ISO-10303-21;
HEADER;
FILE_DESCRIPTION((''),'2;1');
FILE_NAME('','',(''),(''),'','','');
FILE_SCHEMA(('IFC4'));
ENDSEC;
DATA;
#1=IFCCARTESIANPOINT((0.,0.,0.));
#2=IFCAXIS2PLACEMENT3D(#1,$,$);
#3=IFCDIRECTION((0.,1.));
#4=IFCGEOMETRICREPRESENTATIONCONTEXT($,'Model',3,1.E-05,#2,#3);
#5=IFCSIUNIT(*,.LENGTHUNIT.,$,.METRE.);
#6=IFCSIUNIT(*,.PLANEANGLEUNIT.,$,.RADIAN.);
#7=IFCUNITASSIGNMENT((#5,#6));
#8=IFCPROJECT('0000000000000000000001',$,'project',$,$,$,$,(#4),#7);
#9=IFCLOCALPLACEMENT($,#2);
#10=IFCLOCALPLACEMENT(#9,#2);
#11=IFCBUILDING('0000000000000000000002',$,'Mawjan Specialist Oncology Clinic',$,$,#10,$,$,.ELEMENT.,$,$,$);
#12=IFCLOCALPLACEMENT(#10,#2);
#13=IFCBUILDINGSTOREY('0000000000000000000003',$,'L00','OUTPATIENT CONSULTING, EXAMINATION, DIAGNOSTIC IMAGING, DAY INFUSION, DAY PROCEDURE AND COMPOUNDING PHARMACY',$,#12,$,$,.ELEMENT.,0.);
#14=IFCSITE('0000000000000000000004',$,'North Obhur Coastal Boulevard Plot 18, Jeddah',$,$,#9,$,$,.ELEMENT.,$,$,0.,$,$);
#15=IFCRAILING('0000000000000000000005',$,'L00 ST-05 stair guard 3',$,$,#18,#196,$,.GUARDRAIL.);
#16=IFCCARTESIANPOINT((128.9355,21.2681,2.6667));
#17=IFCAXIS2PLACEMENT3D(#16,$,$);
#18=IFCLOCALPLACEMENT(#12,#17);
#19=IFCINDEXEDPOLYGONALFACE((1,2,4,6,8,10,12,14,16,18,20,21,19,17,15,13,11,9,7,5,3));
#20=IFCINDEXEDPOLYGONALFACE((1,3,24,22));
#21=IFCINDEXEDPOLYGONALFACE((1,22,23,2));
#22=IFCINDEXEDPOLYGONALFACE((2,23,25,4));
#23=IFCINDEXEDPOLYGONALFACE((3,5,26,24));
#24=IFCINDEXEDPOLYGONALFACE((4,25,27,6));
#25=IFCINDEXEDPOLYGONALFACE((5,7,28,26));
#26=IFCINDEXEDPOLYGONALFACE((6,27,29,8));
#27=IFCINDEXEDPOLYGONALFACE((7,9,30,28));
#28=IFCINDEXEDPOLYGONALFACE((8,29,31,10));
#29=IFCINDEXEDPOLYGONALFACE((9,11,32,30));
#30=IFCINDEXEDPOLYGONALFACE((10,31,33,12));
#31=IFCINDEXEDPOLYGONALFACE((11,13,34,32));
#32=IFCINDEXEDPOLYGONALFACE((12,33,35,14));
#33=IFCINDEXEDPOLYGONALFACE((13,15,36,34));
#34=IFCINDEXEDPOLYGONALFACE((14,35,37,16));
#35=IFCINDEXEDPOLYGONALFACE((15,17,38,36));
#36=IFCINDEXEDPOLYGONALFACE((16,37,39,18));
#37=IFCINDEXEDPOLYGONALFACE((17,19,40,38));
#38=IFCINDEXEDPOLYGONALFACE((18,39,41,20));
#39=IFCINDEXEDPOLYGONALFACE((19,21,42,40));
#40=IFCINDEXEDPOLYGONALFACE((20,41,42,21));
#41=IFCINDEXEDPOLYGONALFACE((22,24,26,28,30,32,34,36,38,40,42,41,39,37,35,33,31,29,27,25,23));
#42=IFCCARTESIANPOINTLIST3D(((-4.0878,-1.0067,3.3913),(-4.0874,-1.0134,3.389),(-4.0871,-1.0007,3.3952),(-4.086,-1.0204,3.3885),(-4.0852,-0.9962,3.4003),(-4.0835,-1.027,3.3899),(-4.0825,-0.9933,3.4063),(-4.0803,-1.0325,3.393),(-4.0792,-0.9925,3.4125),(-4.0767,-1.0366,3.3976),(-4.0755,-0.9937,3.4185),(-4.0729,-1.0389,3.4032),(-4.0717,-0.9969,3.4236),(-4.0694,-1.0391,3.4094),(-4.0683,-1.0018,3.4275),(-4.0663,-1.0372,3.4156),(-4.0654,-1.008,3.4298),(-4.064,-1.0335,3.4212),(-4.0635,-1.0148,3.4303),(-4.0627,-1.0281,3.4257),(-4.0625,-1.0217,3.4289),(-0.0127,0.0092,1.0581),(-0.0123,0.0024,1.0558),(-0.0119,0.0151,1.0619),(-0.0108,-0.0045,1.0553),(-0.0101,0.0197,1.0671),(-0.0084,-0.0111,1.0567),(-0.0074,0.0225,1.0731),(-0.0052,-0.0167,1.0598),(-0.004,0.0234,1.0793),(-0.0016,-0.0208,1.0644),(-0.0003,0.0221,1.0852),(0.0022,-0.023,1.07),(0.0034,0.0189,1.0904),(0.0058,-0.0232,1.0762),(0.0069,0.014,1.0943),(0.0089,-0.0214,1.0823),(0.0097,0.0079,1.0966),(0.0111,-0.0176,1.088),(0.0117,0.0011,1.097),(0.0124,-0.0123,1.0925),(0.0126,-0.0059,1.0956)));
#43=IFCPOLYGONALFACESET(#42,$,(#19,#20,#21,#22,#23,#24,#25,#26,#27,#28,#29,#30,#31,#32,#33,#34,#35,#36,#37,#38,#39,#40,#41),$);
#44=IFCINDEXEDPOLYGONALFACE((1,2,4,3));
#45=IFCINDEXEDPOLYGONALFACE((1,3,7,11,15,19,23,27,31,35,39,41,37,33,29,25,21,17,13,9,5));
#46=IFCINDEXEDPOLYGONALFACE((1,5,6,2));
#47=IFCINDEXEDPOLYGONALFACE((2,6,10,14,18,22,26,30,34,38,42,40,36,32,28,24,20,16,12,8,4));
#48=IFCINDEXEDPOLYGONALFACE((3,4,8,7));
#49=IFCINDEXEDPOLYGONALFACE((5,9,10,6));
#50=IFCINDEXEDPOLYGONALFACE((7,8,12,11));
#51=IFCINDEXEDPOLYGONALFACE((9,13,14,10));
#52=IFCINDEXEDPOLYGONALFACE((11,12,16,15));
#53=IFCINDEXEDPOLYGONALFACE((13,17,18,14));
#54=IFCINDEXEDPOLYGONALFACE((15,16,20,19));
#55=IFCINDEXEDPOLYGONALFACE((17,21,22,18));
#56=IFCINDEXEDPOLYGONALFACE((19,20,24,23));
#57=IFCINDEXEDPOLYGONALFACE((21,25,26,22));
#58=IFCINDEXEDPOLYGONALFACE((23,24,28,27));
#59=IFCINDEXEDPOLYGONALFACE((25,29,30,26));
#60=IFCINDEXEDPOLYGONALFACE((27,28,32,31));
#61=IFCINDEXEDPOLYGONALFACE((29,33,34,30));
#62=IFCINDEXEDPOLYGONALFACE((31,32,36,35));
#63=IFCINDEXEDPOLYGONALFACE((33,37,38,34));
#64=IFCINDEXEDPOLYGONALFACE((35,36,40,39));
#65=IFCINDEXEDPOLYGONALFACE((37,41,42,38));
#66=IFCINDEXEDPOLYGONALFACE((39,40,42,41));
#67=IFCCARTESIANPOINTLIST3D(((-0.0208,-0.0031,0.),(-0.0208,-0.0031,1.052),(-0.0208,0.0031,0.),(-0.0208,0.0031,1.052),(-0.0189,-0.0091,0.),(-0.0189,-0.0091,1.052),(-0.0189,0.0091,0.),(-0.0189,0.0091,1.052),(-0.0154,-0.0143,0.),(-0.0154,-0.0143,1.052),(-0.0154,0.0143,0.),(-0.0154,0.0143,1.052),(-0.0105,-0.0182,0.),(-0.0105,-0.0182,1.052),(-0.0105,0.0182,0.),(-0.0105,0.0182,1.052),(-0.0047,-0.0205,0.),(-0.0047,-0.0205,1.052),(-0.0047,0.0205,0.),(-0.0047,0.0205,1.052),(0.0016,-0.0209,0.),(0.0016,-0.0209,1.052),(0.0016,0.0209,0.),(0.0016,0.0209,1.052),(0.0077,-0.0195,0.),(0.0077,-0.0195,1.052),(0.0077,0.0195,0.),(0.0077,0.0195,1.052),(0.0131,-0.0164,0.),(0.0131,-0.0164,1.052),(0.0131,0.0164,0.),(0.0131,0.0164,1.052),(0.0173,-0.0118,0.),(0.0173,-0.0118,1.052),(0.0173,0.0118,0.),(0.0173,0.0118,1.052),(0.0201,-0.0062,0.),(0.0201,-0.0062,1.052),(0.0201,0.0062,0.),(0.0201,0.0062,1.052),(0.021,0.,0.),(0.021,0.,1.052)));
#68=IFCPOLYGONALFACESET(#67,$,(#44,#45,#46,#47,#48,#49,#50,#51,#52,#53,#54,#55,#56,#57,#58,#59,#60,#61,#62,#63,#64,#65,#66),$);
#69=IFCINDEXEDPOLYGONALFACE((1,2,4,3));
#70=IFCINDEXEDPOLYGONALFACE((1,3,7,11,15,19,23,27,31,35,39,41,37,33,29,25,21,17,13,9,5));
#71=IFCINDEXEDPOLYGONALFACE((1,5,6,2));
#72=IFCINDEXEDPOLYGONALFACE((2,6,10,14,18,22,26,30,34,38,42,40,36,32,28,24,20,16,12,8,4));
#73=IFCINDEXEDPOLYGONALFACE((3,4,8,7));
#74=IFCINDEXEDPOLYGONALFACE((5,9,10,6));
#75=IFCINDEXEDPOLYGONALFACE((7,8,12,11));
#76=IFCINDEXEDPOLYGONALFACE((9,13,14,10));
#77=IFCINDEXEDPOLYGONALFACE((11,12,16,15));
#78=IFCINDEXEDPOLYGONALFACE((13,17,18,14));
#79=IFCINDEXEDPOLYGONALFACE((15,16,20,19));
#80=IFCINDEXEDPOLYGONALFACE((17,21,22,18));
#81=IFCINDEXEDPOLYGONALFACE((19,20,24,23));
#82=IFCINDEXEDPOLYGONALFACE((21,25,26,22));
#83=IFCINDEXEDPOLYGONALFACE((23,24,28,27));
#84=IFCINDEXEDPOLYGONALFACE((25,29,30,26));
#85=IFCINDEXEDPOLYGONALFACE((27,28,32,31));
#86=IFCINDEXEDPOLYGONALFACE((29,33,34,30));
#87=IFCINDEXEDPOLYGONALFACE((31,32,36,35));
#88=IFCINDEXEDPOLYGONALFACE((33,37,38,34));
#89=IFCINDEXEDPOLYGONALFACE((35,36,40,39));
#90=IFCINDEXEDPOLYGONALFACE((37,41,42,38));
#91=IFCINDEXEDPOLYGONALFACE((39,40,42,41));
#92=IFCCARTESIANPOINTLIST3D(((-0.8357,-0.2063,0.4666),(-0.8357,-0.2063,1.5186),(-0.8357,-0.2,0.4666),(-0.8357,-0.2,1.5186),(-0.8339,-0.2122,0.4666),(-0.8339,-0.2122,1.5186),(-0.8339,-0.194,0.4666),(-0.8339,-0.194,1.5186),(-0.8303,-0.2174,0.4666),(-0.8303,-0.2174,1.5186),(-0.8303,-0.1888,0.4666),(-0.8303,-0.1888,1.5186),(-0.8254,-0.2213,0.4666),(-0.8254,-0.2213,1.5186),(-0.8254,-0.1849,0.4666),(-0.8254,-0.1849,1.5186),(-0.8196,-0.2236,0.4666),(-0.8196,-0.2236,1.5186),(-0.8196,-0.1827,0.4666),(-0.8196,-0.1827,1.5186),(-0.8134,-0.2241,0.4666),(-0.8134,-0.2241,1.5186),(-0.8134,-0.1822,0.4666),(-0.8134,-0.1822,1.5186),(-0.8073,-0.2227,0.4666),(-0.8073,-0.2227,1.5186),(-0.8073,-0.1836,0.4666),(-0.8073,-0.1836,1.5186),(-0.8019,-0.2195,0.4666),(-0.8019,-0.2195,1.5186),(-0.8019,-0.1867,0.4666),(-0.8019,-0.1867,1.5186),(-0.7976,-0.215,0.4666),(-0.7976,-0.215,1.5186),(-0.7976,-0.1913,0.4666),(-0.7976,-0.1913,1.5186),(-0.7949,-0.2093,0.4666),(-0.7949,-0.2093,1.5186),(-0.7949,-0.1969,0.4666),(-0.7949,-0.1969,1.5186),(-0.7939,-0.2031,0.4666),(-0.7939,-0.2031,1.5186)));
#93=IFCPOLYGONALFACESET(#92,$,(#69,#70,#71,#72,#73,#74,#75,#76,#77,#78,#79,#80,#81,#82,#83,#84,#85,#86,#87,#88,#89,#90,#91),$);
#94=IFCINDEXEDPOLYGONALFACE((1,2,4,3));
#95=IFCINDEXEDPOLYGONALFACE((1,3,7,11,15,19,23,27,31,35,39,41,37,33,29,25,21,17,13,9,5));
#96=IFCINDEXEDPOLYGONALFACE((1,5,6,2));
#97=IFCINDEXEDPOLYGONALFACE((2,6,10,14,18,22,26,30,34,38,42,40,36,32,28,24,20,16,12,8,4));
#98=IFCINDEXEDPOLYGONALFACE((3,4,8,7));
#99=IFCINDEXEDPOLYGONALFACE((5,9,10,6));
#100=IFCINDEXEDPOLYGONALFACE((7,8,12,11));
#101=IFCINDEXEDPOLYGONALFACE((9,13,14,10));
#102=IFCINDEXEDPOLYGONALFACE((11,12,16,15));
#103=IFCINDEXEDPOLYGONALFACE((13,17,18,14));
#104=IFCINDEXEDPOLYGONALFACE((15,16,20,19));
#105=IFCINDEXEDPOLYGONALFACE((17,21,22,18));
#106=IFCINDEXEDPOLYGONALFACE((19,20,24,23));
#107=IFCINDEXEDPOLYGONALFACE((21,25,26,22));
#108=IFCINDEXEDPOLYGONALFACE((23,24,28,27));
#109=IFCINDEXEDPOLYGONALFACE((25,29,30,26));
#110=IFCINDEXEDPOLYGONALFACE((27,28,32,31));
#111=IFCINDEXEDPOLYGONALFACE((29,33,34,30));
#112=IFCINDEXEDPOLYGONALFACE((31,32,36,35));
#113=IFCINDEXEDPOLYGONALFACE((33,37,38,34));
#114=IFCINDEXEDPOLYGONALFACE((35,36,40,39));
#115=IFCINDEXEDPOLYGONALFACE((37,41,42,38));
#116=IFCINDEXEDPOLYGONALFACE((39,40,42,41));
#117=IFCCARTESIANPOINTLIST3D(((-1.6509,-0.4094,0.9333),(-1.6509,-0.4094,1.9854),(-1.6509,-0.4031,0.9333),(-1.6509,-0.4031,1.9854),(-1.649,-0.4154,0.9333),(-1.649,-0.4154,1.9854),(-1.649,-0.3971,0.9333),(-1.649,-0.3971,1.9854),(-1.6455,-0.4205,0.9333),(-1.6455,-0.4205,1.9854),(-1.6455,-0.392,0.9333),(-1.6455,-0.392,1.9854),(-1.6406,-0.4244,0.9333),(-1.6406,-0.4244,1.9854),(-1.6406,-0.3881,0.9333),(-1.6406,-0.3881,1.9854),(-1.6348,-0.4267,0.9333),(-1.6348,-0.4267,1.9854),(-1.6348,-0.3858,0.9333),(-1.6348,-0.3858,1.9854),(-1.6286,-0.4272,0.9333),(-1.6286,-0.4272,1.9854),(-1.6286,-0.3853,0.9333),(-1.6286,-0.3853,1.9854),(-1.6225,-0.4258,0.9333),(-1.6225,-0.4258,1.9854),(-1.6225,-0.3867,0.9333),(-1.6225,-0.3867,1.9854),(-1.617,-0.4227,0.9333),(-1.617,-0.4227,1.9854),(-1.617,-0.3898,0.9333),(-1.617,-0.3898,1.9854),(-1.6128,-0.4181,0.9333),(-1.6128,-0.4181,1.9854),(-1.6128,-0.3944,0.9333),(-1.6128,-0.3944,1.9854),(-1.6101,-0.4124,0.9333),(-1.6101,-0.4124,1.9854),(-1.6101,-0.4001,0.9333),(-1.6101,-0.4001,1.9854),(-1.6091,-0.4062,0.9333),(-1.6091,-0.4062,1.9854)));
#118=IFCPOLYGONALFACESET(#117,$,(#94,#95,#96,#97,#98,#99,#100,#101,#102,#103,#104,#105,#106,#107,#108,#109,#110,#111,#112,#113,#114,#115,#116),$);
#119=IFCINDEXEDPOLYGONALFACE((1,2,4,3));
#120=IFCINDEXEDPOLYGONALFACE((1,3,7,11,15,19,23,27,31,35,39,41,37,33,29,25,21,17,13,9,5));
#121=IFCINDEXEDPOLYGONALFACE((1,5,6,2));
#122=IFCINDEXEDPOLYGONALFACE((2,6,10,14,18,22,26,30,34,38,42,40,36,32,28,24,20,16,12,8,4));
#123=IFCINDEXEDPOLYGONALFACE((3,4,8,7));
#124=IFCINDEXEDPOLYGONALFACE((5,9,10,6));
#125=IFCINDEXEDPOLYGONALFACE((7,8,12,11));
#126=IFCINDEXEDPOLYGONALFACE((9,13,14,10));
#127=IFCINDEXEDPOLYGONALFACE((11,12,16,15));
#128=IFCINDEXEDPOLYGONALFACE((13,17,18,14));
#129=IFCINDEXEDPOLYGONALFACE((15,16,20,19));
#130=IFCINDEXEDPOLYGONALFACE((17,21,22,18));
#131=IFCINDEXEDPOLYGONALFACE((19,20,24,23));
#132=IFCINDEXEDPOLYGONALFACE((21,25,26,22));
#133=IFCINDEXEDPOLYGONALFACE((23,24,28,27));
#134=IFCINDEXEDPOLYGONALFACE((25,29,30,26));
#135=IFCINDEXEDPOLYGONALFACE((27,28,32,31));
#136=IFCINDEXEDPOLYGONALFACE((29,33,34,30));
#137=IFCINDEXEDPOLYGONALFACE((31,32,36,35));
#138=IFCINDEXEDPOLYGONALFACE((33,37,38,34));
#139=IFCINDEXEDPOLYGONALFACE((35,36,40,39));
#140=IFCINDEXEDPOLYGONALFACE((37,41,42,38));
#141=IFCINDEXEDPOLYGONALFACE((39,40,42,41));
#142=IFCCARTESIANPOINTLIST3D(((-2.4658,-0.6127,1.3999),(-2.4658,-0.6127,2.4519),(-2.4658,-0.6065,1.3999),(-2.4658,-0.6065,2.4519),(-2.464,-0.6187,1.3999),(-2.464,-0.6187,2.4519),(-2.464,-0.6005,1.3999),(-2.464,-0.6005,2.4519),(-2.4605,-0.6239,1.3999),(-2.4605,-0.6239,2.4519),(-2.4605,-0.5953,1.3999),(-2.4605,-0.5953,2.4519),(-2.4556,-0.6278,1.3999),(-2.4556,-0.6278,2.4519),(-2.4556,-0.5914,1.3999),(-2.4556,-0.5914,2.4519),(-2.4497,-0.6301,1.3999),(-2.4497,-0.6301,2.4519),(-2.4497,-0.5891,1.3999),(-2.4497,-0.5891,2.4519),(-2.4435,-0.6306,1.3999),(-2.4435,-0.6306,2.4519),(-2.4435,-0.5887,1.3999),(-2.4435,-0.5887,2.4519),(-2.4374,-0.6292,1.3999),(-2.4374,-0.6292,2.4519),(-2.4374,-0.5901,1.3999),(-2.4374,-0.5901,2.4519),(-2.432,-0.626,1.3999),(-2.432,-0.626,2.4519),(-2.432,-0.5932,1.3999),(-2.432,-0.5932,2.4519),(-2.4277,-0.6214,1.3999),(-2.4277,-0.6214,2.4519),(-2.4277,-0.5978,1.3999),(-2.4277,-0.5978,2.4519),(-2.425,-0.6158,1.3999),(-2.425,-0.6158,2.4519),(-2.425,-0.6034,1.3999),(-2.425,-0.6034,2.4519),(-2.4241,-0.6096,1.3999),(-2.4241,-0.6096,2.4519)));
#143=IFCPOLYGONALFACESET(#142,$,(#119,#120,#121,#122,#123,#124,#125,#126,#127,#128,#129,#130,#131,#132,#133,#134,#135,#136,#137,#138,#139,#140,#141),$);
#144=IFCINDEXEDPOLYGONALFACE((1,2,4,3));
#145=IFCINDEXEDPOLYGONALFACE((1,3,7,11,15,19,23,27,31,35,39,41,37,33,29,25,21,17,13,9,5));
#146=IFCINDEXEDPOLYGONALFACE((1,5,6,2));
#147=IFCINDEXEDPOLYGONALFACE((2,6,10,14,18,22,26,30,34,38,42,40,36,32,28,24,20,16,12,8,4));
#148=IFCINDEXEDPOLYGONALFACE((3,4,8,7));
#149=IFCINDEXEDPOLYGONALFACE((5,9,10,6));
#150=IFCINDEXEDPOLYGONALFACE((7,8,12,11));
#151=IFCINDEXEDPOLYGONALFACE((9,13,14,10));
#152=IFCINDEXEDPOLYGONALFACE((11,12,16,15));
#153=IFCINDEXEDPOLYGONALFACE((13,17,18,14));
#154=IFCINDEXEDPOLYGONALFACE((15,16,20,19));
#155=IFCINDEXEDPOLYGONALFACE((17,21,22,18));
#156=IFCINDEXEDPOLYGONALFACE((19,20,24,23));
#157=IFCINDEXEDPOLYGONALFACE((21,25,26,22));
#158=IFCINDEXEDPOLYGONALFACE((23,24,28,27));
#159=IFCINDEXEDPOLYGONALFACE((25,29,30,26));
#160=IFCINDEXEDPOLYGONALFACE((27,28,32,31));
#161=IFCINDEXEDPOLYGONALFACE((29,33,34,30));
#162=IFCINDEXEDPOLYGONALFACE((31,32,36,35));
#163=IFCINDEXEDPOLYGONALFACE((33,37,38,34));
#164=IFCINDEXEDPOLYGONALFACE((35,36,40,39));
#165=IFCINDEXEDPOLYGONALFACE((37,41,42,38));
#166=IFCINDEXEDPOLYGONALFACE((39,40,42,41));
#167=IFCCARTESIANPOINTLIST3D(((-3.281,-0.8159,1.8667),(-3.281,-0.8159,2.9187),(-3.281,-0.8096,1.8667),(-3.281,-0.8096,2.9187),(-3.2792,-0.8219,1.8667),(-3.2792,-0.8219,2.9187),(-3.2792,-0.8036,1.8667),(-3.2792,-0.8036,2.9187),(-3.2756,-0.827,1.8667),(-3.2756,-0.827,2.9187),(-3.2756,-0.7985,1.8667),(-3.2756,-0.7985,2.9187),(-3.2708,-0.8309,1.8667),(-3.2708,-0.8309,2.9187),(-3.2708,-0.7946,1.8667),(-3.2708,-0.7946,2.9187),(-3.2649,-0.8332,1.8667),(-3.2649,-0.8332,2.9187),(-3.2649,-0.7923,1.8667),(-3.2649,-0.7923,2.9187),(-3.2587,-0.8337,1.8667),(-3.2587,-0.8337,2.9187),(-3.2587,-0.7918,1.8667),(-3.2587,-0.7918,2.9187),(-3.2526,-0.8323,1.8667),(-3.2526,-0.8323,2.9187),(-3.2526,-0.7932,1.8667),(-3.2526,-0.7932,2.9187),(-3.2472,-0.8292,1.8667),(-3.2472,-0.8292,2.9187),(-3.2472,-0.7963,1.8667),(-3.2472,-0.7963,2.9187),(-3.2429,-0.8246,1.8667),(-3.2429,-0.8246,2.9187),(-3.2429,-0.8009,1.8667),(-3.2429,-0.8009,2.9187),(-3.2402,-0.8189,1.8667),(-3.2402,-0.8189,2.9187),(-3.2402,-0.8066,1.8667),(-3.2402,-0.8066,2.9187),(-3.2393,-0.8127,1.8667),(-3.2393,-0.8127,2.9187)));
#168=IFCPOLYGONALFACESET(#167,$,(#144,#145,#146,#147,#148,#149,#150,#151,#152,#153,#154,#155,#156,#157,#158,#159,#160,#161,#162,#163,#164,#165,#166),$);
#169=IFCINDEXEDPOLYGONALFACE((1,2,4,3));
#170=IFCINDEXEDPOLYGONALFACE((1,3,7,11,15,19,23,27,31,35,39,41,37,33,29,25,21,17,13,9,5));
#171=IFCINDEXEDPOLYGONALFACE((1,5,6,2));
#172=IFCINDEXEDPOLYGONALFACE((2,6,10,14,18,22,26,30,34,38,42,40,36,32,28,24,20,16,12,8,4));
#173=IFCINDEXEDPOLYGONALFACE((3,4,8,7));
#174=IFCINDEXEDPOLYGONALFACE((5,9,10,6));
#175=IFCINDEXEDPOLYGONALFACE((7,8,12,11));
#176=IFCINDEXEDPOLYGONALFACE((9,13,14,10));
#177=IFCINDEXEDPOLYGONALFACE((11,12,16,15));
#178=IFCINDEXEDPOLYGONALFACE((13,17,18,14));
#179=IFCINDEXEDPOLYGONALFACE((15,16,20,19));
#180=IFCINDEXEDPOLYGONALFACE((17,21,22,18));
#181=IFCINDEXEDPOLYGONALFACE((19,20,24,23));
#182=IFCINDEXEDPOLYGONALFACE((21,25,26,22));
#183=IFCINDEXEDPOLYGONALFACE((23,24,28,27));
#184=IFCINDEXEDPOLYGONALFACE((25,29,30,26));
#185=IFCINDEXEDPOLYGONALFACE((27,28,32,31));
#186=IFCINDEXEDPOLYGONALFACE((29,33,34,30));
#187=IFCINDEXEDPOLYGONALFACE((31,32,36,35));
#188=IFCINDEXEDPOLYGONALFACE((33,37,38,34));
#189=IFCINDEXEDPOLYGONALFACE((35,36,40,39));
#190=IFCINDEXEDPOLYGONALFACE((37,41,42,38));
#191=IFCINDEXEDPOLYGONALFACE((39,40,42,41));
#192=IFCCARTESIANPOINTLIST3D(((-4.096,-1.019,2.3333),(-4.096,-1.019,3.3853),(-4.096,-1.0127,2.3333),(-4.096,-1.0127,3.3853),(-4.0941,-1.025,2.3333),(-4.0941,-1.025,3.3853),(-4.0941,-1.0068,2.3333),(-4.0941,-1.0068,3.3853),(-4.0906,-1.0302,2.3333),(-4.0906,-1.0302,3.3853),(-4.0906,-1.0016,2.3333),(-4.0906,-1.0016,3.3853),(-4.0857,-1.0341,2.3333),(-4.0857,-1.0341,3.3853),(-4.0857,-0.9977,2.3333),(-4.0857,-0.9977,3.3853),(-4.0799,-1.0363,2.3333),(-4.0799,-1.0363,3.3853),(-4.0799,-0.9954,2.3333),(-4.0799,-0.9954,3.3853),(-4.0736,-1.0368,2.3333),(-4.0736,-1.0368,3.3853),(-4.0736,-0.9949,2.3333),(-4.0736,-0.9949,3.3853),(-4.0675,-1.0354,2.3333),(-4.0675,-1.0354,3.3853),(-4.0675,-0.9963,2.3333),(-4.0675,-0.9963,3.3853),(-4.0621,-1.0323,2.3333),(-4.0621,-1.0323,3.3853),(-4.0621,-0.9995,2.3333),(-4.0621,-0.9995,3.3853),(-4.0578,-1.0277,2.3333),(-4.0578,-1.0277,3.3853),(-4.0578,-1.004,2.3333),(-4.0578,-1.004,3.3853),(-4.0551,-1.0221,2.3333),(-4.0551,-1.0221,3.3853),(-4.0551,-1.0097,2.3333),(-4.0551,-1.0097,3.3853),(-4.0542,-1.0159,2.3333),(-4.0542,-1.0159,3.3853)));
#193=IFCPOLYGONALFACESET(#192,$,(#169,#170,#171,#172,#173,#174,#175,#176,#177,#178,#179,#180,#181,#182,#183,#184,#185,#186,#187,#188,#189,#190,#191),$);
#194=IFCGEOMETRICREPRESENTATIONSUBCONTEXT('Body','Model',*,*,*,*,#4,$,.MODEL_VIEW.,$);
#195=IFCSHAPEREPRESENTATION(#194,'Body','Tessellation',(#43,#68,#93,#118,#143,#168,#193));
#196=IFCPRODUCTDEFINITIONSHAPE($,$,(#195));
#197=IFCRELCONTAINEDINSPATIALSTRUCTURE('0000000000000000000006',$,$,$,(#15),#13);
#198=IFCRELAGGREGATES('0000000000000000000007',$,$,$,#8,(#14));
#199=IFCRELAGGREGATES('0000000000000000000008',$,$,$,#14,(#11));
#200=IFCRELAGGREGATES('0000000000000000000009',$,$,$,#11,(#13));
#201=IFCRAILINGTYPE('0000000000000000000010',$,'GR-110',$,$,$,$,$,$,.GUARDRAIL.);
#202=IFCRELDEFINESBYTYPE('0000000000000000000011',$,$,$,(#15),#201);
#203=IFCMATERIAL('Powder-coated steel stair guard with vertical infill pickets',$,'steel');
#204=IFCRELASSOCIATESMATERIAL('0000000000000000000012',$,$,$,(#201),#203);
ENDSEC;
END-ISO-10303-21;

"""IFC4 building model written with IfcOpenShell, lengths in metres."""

from ifc_helpers import new_model, si_unit, direction, frame, origin, origin_2d, place, context, subcontext, project, spatial, circle, extrude, material, type_object, element, save


model = new_model("IFC4")

# Units and contexts
model_context = context("Model", 3, precision=1e-05, world=origin(), true_north=direction((0.0, 1.0)))
body_context = subcontext(model_context, "Body", "Model", "MODEL_VIEW")
ifc_project = project(units=[si_unit("LENGTHUNIT", "METRE"), si_unit("PLANEANGLEUNIT", "RADIAN")], contexts=[model_context])

# Site, building, storey
site_placement = place(None, origin())
site = spatial("IfcSite", under=ifc_project, at=site_placement, Name="North Obhur Coastal Boulevard Plot 18, Jeddah", CompositionType="ELEMENT", RefElevation=0.0)
building_placement = place(site_placement, origin())
building = spatial("IfcBuilding", under=site, at=building_placement, Name="Mawjan Specialist Oncology Clinic", CompositionType="ELEMENT")
storey_placement = place(building_placement, origin())
storey = spatial("IfcBuildingStorey", under=building, at=storey_placement, Name="L00", Description="OUTPATIENT CONSULTING, EXAMINATION, DIAGNOSTIC IMAGING, DAY INFUSION, DAY PROCEDURE AND COMPOUNDING PHARMACY", CompositionType="ELEMENT", Elevation=0.0)

# Railing
ifc_material_1 = material(Name="Powder-coated steel stair guard with vertical infill pickets", Category="steel")
railing_type_1 = type_object("IfcRailingType", Name="GR-110", PredefinedType="GUARDRAIL", material=ifc_material_1)
railing_1_placement = place(storey_placement, frame((128.9355, 21.2681, 2.6667)))
element("IfcRailing", 1, at=railing_1_placement, inside=storey, type_object=railing_type_1, Name="L00 ST-05 stair guard 3", PredefinedType="GUARDRAIL", context=body_context, shape_type="SweptSolid", body=[
    extrude(circle(Radius=0.0239, at=origin_2d()), frame((0.0, 0.0, 1.0762), z_axis=(-0.848203, -0.211441, 0.485638), x_axis=(0.241879, -0.970306, 0.0)), (0.0, 0.0, 1.0), 4.8044),
    extrude(circle(Radius=0.021, at=origin_2d()), origin(), (0.0, 0.0, 1.0), 1.052),
    extrude(circle(Radius=0.021, at=origin_2d()), frame((-0.8149, -0.2031, 0.4666)), (0.0, 0.0, 1.0), 1.052),
    extrude(circle(Radius=0.021, at=origin_2d()), frame((-1.6301, -0.4062, 0.9333)), (0.0, 0.0, 1.0), 1.052),
    extrude(circle(Radius=0.021, at=origin_2d()), frame((-2.4451, -0.6096, 1.3999)), (0.0, 0.0, 1.0), 1.052),
    extrude(circle(Radius=0.021, at=origin_2d()), frame((-3.2603, -0.8127, 1.8667)), (0.0, 0.0, 1.0), 1.052),
    extrude(circle(Radius=0.021, at=origin_2d()), frame((-4.0752, -1.0159, 2.3333)), (0.0, 0.0, 1.0), 1.052),
])

save(model, "model.ifc")
